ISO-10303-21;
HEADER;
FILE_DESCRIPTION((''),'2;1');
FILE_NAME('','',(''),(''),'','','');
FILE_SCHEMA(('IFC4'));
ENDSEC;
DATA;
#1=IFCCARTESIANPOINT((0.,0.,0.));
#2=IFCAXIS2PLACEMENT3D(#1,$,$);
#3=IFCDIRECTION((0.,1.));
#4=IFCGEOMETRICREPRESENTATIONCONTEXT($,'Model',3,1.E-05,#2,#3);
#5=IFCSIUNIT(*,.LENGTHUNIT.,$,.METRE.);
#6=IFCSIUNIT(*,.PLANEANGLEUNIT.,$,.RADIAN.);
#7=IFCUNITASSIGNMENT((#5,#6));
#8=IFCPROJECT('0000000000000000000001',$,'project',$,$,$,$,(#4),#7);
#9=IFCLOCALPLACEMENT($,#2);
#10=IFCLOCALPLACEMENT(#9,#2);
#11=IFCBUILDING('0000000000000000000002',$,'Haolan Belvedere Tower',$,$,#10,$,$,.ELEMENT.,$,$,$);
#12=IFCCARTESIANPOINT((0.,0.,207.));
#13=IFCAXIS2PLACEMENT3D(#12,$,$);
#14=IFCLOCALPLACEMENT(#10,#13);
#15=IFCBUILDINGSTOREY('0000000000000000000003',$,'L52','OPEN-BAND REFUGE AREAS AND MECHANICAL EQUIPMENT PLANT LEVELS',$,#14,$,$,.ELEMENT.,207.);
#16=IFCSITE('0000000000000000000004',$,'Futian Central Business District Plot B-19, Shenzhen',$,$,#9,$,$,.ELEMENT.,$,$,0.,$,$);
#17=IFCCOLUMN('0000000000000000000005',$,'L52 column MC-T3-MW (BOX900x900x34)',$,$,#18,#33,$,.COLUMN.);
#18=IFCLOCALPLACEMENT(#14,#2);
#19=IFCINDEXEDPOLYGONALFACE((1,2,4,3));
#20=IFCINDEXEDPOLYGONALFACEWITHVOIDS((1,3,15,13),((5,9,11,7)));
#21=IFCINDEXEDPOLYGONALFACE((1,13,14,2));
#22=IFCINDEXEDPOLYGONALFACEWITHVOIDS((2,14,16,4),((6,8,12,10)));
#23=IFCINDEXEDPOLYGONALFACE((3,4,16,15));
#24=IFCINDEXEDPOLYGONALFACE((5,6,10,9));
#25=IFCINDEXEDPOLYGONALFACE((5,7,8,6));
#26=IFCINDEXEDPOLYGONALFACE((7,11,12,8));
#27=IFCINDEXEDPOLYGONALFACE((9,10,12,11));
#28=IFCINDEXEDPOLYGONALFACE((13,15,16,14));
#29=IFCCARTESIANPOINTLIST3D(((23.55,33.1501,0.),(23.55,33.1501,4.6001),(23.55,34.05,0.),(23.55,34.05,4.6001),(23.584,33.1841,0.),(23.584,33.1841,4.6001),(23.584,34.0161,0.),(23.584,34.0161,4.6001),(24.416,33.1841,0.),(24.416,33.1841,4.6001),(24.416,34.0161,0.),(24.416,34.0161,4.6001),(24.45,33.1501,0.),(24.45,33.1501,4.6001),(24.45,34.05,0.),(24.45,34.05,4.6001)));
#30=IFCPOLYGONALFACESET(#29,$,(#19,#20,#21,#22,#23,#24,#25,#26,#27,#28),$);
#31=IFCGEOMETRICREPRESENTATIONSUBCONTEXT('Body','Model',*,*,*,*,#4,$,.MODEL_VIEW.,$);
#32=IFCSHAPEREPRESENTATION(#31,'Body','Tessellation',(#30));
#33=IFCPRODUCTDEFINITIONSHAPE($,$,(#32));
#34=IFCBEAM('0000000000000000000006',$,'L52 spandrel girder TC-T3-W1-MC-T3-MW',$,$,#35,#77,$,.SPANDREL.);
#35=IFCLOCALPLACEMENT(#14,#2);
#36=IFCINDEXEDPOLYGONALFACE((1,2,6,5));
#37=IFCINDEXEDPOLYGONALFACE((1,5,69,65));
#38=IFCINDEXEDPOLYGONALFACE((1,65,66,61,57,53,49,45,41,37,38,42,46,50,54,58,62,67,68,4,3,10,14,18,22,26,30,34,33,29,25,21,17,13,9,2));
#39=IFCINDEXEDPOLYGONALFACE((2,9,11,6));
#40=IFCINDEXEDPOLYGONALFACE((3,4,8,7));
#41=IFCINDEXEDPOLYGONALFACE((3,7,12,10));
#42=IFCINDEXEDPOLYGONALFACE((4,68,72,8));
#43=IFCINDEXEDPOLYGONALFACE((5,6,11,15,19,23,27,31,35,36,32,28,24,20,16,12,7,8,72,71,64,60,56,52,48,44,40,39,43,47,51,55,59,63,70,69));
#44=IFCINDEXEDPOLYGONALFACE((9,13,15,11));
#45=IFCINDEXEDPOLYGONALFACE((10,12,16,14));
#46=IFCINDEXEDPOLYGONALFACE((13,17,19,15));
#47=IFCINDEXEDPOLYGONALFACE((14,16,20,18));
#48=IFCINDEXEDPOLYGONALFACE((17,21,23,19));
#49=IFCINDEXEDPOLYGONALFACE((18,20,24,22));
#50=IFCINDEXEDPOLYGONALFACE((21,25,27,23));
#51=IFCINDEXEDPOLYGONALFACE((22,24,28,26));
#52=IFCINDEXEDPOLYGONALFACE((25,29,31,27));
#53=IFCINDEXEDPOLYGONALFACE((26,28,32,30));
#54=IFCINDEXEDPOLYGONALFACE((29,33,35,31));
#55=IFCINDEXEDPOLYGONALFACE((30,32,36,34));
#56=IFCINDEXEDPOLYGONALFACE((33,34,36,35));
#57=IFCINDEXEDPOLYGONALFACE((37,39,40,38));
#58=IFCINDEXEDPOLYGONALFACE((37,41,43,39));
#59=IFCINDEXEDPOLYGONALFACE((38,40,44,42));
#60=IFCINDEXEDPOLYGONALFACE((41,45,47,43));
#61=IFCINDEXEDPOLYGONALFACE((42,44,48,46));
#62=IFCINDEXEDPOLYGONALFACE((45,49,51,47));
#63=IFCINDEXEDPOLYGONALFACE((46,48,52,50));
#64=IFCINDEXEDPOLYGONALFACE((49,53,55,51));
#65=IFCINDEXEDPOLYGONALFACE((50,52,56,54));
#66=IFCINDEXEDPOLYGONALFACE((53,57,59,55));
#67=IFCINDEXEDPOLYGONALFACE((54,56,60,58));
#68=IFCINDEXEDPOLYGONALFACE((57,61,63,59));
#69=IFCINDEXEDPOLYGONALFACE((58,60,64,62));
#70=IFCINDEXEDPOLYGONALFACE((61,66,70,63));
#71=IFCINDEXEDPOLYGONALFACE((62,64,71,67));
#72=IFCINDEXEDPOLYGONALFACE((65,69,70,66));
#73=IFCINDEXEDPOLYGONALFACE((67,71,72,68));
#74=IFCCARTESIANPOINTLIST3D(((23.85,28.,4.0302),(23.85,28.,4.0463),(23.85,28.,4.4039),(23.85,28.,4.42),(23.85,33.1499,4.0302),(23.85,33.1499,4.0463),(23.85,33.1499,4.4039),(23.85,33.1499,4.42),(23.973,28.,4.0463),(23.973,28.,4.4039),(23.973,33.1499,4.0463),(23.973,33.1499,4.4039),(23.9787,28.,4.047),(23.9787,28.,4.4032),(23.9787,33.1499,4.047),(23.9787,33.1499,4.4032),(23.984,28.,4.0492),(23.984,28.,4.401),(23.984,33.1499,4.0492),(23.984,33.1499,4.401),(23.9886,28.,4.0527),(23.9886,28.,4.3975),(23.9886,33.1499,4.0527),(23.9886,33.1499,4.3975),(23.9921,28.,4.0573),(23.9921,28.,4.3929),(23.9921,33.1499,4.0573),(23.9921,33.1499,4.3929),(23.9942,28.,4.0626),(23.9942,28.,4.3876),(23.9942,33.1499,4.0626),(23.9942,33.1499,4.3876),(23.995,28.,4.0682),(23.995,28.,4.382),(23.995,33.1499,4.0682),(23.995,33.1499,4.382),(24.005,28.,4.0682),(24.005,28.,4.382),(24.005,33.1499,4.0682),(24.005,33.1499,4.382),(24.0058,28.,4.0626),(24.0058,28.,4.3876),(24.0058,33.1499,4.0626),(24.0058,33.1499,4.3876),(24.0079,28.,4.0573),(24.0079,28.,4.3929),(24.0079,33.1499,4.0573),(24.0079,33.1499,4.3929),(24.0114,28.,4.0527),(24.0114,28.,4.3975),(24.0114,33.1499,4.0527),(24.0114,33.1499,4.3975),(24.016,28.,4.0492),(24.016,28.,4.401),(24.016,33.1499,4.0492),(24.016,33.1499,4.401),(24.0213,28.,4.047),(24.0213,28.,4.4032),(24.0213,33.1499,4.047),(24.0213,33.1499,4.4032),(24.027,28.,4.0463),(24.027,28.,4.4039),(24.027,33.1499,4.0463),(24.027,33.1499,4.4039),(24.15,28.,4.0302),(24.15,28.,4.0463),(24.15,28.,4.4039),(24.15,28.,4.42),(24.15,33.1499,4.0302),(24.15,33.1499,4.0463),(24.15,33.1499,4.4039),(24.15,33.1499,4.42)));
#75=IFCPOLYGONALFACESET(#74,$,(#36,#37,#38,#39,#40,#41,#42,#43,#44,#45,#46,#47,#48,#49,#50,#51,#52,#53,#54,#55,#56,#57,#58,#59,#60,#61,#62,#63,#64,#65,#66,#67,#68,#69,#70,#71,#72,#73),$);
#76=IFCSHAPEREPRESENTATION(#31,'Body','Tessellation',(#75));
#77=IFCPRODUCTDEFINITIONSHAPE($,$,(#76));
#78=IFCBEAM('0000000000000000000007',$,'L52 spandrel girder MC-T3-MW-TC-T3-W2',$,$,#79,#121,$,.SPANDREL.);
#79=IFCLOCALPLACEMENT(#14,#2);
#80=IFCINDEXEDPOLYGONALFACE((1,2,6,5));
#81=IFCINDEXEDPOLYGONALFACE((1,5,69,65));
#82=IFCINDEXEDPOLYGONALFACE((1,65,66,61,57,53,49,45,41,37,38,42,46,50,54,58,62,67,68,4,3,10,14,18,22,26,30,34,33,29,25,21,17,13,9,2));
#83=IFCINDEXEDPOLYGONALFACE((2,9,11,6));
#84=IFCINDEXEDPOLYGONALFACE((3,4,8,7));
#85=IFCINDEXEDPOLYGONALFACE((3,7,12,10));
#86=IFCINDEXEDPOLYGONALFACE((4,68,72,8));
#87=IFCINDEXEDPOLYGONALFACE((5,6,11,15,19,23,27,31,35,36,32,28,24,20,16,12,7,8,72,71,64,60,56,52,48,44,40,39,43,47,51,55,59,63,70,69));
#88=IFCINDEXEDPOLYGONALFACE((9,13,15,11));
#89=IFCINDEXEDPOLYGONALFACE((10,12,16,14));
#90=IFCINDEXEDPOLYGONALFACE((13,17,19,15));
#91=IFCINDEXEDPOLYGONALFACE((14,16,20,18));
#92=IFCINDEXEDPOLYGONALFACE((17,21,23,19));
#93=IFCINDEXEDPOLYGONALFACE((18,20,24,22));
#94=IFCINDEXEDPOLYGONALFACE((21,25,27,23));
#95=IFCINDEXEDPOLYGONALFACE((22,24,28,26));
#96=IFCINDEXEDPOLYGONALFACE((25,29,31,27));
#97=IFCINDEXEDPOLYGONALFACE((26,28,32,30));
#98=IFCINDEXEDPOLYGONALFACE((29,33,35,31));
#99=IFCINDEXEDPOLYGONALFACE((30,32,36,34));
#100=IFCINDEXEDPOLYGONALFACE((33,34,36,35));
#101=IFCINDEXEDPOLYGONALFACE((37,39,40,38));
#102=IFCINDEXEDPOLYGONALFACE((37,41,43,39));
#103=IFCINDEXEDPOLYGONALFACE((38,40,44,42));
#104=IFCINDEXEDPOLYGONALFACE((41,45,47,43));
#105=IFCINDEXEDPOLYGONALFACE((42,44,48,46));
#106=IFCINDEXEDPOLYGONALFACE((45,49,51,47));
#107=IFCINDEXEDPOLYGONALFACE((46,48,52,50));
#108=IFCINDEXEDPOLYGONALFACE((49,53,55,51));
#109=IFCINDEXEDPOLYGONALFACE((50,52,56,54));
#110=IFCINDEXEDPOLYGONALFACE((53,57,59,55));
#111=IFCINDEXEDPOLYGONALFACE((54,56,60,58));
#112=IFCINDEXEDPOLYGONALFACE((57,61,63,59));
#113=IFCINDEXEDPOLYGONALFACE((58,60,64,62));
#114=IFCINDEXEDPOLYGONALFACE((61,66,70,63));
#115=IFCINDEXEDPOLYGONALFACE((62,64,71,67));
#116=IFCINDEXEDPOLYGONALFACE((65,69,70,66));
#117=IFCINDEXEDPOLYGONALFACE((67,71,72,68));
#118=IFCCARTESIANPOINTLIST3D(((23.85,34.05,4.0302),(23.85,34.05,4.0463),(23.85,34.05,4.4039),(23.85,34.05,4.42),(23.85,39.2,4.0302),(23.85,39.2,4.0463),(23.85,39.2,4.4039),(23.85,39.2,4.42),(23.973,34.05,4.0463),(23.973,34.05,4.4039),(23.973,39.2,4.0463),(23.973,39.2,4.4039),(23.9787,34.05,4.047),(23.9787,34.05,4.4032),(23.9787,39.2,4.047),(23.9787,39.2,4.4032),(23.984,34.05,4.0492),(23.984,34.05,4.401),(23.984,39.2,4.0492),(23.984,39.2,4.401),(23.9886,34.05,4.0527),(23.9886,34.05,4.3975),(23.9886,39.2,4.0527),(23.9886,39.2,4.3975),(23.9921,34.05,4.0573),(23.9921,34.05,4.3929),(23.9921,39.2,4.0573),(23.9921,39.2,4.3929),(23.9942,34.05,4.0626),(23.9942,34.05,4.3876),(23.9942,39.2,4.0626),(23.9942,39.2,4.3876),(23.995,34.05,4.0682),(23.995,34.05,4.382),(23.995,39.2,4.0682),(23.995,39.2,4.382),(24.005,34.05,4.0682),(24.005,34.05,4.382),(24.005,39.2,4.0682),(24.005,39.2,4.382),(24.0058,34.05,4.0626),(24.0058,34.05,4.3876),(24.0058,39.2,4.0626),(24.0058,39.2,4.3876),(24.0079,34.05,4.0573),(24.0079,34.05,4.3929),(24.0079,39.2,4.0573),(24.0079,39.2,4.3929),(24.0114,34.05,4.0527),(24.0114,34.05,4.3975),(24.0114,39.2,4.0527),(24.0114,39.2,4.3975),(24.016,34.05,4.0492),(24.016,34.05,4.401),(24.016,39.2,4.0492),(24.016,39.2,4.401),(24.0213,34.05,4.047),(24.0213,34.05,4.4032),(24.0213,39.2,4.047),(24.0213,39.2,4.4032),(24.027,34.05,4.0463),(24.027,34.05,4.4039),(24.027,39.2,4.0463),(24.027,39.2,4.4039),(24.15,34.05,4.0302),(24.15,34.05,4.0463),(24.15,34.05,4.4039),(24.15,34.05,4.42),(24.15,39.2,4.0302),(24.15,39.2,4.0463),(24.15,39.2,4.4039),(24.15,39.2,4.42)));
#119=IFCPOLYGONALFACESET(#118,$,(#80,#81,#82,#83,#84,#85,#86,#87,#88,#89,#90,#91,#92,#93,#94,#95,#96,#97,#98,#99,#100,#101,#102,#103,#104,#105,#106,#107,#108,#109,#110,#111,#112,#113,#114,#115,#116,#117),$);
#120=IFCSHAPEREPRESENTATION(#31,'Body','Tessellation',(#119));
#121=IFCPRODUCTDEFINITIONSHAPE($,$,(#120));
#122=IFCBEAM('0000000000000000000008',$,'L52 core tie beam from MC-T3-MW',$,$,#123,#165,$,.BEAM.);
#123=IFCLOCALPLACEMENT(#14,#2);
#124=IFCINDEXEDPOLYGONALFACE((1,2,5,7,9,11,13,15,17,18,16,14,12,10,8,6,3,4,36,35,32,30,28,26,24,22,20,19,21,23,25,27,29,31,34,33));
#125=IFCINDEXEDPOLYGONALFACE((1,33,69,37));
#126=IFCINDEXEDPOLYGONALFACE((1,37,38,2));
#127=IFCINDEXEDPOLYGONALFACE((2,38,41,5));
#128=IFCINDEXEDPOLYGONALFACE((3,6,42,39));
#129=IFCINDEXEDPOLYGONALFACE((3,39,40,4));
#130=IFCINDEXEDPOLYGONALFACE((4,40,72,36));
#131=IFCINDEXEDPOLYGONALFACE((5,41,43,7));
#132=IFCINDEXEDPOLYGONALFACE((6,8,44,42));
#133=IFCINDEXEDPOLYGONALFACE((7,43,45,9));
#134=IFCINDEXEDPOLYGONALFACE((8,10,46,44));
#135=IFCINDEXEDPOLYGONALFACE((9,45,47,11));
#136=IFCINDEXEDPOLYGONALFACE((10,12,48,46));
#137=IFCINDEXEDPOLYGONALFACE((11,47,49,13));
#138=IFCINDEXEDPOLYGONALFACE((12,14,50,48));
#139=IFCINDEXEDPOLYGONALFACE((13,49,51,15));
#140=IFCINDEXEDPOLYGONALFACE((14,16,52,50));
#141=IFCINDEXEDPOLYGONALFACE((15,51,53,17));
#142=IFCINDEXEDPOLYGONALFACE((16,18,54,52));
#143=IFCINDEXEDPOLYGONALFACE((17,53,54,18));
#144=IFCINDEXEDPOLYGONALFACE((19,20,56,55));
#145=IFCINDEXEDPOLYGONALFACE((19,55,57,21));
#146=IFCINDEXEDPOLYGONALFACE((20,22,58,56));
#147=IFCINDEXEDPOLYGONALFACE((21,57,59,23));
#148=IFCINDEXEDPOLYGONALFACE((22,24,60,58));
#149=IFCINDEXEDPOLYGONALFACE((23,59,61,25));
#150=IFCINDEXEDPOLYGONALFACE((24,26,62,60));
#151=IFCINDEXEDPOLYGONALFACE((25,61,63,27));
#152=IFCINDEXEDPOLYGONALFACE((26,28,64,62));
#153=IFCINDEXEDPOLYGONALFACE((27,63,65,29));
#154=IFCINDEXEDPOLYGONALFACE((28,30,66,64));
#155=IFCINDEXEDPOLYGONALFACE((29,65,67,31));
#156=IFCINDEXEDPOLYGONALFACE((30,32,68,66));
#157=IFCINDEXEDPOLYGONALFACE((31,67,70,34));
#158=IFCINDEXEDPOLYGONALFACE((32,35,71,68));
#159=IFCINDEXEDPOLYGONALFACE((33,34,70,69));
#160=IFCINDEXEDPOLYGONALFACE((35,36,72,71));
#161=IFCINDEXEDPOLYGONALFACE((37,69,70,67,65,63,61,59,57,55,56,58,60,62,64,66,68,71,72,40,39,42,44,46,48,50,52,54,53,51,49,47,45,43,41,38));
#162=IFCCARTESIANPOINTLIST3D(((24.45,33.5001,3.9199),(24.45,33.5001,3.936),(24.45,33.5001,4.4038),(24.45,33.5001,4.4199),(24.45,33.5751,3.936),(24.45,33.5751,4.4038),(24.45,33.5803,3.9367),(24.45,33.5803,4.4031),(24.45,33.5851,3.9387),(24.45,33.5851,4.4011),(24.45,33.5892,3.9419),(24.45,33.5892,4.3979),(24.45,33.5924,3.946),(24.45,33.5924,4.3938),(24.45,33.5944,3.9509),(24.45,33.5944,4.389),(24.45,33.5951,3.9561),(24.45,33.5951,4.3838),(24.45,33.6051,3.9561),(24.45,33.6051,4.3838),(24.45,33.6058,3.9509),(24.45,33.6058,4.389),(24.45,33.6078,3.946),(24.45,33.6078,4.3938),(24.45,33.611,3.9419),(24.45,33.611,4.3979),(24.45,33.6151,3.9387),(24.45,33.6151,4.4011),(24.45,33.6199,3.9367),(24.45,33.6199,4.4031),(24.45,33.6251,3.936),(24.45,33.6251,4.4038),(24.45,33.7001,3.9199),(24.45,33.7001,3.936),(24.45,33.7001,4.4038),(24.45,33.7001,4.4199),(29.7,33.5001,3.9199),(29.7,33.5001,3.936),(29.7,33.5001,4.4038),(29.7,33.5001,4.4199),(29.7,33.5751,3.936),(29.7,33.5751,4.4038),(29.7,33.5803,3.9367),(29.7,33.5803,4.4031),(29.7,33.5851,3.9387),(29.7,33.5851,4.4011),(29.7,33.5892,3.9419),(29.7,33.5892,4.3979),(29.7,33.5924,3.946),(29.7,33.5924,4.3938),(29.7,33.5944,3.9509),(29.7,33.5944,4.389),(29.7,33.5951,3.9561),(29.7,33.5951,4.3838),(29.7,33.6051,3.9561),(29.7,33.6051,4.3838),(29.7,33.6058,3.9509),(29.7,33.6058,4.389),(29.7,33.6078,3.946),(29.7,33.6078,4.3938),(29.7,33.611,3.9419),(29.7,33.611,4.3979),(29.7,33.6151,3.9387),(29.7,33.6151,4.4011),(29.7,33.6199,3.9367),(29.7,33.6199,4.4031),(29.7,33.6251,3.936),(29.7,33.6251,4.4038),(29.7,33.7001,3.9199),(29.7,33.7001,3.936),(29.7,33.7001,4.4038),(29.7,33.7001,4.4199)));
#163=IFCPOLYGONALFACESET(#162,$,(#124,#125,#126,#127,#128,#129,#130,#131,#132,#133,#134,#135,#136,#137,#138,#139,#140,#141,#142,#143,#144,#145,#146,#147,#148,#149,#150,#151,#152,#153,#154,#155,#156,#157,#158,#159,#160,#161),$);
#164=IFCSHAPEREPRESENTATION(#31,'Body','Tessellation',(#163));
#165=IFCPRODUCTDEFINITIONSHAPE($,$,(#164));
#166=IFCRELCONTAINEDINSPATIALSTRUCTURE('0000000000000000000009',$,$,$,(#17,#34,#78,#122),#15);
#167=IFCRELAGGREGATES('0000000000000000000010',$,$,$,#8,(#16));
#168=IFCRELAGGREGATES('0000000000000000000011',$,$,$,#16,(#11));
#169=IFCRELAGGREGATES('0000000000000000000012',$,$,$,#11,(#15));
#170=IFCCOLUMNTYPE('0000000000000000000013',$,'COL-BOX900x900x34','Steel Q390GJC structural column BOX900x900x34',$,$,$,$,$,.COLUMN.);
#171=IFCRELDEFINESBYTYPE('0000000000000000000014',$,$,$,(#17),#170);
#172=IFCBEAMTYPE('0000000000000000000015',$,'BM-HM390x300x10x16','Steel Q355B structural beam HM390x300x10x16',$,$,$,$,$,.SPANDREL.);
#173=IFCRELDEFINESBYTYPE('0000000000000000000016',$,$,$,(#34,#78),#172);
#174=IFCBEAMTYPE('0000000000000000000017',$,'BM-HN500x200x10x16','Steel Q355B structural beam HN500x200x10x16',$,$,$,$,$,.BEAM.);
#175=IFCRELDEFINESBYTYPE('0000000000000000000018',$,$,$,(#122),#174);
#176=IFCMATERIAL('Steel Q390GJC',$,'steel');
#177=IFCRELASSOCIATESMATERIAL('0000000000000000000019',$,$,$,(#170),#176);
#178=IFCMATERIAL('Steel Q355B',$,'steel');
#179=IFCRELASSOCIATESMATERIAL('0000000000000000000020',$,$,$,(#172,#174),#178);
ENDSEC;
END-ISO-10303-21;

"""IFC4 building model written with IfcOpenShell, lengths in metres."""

from ifc_helpers import new_model, si_unit, direction, frame, origin, origin_2d, place, context, subcontext, project, spatial, hollow_rectangle, i_section, extrude, material, material_profile, profile_set, type_object, element, save


model = new_model("IFC4")

# Units and contexts
model_context = context("Model", 3, precision=1e-05, world=origin(), true_north=direction((0.0, 1.0)))
body_context = subcontext(model_context, "Body", "Model", "MODEL_VIEW")
ifc_project = project(units=[si_unit("LENGTHUNIT", "METRE"), si_unit("PLANEANGLEUNIT", "RADIAN")], contexts=[model_context])

# Site, building, storey
site_placement = place(None, origin())
site = spatial("IfcSite", under=ifc_project, at=site_placement, Name="Futian Central Business District Plot B-19, Shenzhen", CompositionType="ELEMENT", RefElevation=0.0)
building_placement = place(site_placement, origin())
building = spatial("IfcBuilding", under=site, at=building_placement, Name="Haolan Belvedere Tower", CompositionType="ELEMENT")
storey_placement = place(building_placement, frame((0.0, 0.0, 207.0)))
storey = spatial("IfcBuildingStorey", under=building, at=storey_placement, Name="L52", Description="OPEN-BAND REFUGE AREAS AND MECHANICAL EQUIPMENT PLANT LEVELS", CompositionType="ELEMENT", Elevation=207.0)

# Column
ifc_material_1 = material(Name="Steel Q390GJC", Category="steel")
ifc_material_profile_1 = material_profile(ifc_material_1, hollow_rectangle(XDim=0.8999, YDim=0.8999, WallThickness=0.0339, at=origin_2d()), Name="Steel Q390GJC")
ifc_profile_set_1 = profile_set([ifc_material_profile_1], Name="Steel Q390GJC")
column_type = type_object("IfcColumnType", Name="COL-BOX900x900x34", Description="Steel Q390GJC structural column BOX900x900x34", PredefinedType="COLUMN", material=ifc_profile_set_1)
column_placement = place(storey_placement, frame((24.0, 33.6001, 0.0), z_axis=(0.0, 0.0, 1.0), x_axis=(1.0, 0.0, 0.0)))
element("IfcColumn", 1, at=column_placement, inside=storey, type_object=column_type, Name="L52 column MC-T3-MW (BOX900x900x34)", PredefinedType="COLUMN", context=body_context, shape_type="SweptSolid", body=[
    extrude(hollow_rectangle(XDim=0.8999, YDim=0.8999, WallThickness=0.0339, at=origin_2d()), origin(), (0.0, 0.0, 1.0), 4.6001),
])

# Beams
ifc_material_2 = material(Name="Steel Q355B", Category="steel")
ifc_material_profile_2 = material_profile(ifc_material_2, i_section(OverallWidth=0.3, OverallDepth=0.3899, WebThickness=0.01, FlangeThickness=0.0161, FilletRadius=0.022, at=origin_2d()), Name="Steel Q355B")
ifc_profile_set_2 = profile_set([ifc_material_profile_2], Name="Steel Q355B")
beam_type_1 = type_object("IfcBeamType", Name="BM-HM390x300x10x16", Description="Steel Q355B structural beam HM390x300x10x16", PredefinedType="SPANDREL", material=ifc_profile_set_2)
for number, where, z_axis, x_axis, name in (
    (2, (24.0, 28.0, 4.2251), (0.0, 1.0, 0.0), (-1.0, 0.0, 0.0), "L52 spandrel girder TC-T3-W1-MC-T3-MW"),
    (3, (24.0, 34.05, 4.2251), (0.0, 1.0, 0.0), (-1.0, 0.0, 0.0), "L52 spandrel girder MC-T3-MW-TC-T3-W2"),
):
    element("IfcBeam", number, at=place(storey_placement, frame(where, z_axis=z_axis, x_axis=x_axis)), inside=storey, type_object=beam_type_1, Name=name, PredefinedType="SPANDREL", context=body_context, shape_type="SweptSolid", body=[
        extrude(i_section(OverallWidth=0.3, OverallDepth=0.3899, WebThickness=0.01, FlangeThickness=0.0161, FilletRadius=0.022, at=origin_2d()), origin(), (0.0, 0.0, 1.0), 5.1499),
    ])
ifc_material_profile_3 = material_profile(ifc_material_2, i_section(OverallWidth=0.2, OverallDepth=0.5, WebThickness=0.01, FlangeThickness=0.0161, FilletRadius=0.02, at=origin_2d()), Name="Steel Q355B")
ifc_profile_set_3 = profile_set([ifc_material_profile_3], Name="Steel Q355B")
beam_type_2 = type_object("IfcBeamType", Name="BM-HN500x200x10x16", Description="Steel Q355B structural beam HN500x200x10x16", PredefinedType="BEAM", material=ifc_profile_set_3)
beam_1_placement = place(storey_placement, frame((24.45, 33.6001, 4.1699), z_axis=(1.0, 0.0, 0.0), x_axis=(0.0, 1.0, 0.0)))
element("IfcBeam", 4, at=beam_1_placement, inside=storey, type_object=beam_type_2, Name="L52 core tie beam from MC-T3-MW", PredefinedType="BEAM", context=body_context, shape_type="SweptSolid", body=[
    extrude(i_section(OverallWidth=0.2, OverallDepth=0.5, WebThickness=0.01, FlangeThickness=0.0161, FilletRadius=0.02, at=origin_2d()), origin(), (0.0, 0.0, 1.0), 5.25),
])

save(model, "model.ifc")
